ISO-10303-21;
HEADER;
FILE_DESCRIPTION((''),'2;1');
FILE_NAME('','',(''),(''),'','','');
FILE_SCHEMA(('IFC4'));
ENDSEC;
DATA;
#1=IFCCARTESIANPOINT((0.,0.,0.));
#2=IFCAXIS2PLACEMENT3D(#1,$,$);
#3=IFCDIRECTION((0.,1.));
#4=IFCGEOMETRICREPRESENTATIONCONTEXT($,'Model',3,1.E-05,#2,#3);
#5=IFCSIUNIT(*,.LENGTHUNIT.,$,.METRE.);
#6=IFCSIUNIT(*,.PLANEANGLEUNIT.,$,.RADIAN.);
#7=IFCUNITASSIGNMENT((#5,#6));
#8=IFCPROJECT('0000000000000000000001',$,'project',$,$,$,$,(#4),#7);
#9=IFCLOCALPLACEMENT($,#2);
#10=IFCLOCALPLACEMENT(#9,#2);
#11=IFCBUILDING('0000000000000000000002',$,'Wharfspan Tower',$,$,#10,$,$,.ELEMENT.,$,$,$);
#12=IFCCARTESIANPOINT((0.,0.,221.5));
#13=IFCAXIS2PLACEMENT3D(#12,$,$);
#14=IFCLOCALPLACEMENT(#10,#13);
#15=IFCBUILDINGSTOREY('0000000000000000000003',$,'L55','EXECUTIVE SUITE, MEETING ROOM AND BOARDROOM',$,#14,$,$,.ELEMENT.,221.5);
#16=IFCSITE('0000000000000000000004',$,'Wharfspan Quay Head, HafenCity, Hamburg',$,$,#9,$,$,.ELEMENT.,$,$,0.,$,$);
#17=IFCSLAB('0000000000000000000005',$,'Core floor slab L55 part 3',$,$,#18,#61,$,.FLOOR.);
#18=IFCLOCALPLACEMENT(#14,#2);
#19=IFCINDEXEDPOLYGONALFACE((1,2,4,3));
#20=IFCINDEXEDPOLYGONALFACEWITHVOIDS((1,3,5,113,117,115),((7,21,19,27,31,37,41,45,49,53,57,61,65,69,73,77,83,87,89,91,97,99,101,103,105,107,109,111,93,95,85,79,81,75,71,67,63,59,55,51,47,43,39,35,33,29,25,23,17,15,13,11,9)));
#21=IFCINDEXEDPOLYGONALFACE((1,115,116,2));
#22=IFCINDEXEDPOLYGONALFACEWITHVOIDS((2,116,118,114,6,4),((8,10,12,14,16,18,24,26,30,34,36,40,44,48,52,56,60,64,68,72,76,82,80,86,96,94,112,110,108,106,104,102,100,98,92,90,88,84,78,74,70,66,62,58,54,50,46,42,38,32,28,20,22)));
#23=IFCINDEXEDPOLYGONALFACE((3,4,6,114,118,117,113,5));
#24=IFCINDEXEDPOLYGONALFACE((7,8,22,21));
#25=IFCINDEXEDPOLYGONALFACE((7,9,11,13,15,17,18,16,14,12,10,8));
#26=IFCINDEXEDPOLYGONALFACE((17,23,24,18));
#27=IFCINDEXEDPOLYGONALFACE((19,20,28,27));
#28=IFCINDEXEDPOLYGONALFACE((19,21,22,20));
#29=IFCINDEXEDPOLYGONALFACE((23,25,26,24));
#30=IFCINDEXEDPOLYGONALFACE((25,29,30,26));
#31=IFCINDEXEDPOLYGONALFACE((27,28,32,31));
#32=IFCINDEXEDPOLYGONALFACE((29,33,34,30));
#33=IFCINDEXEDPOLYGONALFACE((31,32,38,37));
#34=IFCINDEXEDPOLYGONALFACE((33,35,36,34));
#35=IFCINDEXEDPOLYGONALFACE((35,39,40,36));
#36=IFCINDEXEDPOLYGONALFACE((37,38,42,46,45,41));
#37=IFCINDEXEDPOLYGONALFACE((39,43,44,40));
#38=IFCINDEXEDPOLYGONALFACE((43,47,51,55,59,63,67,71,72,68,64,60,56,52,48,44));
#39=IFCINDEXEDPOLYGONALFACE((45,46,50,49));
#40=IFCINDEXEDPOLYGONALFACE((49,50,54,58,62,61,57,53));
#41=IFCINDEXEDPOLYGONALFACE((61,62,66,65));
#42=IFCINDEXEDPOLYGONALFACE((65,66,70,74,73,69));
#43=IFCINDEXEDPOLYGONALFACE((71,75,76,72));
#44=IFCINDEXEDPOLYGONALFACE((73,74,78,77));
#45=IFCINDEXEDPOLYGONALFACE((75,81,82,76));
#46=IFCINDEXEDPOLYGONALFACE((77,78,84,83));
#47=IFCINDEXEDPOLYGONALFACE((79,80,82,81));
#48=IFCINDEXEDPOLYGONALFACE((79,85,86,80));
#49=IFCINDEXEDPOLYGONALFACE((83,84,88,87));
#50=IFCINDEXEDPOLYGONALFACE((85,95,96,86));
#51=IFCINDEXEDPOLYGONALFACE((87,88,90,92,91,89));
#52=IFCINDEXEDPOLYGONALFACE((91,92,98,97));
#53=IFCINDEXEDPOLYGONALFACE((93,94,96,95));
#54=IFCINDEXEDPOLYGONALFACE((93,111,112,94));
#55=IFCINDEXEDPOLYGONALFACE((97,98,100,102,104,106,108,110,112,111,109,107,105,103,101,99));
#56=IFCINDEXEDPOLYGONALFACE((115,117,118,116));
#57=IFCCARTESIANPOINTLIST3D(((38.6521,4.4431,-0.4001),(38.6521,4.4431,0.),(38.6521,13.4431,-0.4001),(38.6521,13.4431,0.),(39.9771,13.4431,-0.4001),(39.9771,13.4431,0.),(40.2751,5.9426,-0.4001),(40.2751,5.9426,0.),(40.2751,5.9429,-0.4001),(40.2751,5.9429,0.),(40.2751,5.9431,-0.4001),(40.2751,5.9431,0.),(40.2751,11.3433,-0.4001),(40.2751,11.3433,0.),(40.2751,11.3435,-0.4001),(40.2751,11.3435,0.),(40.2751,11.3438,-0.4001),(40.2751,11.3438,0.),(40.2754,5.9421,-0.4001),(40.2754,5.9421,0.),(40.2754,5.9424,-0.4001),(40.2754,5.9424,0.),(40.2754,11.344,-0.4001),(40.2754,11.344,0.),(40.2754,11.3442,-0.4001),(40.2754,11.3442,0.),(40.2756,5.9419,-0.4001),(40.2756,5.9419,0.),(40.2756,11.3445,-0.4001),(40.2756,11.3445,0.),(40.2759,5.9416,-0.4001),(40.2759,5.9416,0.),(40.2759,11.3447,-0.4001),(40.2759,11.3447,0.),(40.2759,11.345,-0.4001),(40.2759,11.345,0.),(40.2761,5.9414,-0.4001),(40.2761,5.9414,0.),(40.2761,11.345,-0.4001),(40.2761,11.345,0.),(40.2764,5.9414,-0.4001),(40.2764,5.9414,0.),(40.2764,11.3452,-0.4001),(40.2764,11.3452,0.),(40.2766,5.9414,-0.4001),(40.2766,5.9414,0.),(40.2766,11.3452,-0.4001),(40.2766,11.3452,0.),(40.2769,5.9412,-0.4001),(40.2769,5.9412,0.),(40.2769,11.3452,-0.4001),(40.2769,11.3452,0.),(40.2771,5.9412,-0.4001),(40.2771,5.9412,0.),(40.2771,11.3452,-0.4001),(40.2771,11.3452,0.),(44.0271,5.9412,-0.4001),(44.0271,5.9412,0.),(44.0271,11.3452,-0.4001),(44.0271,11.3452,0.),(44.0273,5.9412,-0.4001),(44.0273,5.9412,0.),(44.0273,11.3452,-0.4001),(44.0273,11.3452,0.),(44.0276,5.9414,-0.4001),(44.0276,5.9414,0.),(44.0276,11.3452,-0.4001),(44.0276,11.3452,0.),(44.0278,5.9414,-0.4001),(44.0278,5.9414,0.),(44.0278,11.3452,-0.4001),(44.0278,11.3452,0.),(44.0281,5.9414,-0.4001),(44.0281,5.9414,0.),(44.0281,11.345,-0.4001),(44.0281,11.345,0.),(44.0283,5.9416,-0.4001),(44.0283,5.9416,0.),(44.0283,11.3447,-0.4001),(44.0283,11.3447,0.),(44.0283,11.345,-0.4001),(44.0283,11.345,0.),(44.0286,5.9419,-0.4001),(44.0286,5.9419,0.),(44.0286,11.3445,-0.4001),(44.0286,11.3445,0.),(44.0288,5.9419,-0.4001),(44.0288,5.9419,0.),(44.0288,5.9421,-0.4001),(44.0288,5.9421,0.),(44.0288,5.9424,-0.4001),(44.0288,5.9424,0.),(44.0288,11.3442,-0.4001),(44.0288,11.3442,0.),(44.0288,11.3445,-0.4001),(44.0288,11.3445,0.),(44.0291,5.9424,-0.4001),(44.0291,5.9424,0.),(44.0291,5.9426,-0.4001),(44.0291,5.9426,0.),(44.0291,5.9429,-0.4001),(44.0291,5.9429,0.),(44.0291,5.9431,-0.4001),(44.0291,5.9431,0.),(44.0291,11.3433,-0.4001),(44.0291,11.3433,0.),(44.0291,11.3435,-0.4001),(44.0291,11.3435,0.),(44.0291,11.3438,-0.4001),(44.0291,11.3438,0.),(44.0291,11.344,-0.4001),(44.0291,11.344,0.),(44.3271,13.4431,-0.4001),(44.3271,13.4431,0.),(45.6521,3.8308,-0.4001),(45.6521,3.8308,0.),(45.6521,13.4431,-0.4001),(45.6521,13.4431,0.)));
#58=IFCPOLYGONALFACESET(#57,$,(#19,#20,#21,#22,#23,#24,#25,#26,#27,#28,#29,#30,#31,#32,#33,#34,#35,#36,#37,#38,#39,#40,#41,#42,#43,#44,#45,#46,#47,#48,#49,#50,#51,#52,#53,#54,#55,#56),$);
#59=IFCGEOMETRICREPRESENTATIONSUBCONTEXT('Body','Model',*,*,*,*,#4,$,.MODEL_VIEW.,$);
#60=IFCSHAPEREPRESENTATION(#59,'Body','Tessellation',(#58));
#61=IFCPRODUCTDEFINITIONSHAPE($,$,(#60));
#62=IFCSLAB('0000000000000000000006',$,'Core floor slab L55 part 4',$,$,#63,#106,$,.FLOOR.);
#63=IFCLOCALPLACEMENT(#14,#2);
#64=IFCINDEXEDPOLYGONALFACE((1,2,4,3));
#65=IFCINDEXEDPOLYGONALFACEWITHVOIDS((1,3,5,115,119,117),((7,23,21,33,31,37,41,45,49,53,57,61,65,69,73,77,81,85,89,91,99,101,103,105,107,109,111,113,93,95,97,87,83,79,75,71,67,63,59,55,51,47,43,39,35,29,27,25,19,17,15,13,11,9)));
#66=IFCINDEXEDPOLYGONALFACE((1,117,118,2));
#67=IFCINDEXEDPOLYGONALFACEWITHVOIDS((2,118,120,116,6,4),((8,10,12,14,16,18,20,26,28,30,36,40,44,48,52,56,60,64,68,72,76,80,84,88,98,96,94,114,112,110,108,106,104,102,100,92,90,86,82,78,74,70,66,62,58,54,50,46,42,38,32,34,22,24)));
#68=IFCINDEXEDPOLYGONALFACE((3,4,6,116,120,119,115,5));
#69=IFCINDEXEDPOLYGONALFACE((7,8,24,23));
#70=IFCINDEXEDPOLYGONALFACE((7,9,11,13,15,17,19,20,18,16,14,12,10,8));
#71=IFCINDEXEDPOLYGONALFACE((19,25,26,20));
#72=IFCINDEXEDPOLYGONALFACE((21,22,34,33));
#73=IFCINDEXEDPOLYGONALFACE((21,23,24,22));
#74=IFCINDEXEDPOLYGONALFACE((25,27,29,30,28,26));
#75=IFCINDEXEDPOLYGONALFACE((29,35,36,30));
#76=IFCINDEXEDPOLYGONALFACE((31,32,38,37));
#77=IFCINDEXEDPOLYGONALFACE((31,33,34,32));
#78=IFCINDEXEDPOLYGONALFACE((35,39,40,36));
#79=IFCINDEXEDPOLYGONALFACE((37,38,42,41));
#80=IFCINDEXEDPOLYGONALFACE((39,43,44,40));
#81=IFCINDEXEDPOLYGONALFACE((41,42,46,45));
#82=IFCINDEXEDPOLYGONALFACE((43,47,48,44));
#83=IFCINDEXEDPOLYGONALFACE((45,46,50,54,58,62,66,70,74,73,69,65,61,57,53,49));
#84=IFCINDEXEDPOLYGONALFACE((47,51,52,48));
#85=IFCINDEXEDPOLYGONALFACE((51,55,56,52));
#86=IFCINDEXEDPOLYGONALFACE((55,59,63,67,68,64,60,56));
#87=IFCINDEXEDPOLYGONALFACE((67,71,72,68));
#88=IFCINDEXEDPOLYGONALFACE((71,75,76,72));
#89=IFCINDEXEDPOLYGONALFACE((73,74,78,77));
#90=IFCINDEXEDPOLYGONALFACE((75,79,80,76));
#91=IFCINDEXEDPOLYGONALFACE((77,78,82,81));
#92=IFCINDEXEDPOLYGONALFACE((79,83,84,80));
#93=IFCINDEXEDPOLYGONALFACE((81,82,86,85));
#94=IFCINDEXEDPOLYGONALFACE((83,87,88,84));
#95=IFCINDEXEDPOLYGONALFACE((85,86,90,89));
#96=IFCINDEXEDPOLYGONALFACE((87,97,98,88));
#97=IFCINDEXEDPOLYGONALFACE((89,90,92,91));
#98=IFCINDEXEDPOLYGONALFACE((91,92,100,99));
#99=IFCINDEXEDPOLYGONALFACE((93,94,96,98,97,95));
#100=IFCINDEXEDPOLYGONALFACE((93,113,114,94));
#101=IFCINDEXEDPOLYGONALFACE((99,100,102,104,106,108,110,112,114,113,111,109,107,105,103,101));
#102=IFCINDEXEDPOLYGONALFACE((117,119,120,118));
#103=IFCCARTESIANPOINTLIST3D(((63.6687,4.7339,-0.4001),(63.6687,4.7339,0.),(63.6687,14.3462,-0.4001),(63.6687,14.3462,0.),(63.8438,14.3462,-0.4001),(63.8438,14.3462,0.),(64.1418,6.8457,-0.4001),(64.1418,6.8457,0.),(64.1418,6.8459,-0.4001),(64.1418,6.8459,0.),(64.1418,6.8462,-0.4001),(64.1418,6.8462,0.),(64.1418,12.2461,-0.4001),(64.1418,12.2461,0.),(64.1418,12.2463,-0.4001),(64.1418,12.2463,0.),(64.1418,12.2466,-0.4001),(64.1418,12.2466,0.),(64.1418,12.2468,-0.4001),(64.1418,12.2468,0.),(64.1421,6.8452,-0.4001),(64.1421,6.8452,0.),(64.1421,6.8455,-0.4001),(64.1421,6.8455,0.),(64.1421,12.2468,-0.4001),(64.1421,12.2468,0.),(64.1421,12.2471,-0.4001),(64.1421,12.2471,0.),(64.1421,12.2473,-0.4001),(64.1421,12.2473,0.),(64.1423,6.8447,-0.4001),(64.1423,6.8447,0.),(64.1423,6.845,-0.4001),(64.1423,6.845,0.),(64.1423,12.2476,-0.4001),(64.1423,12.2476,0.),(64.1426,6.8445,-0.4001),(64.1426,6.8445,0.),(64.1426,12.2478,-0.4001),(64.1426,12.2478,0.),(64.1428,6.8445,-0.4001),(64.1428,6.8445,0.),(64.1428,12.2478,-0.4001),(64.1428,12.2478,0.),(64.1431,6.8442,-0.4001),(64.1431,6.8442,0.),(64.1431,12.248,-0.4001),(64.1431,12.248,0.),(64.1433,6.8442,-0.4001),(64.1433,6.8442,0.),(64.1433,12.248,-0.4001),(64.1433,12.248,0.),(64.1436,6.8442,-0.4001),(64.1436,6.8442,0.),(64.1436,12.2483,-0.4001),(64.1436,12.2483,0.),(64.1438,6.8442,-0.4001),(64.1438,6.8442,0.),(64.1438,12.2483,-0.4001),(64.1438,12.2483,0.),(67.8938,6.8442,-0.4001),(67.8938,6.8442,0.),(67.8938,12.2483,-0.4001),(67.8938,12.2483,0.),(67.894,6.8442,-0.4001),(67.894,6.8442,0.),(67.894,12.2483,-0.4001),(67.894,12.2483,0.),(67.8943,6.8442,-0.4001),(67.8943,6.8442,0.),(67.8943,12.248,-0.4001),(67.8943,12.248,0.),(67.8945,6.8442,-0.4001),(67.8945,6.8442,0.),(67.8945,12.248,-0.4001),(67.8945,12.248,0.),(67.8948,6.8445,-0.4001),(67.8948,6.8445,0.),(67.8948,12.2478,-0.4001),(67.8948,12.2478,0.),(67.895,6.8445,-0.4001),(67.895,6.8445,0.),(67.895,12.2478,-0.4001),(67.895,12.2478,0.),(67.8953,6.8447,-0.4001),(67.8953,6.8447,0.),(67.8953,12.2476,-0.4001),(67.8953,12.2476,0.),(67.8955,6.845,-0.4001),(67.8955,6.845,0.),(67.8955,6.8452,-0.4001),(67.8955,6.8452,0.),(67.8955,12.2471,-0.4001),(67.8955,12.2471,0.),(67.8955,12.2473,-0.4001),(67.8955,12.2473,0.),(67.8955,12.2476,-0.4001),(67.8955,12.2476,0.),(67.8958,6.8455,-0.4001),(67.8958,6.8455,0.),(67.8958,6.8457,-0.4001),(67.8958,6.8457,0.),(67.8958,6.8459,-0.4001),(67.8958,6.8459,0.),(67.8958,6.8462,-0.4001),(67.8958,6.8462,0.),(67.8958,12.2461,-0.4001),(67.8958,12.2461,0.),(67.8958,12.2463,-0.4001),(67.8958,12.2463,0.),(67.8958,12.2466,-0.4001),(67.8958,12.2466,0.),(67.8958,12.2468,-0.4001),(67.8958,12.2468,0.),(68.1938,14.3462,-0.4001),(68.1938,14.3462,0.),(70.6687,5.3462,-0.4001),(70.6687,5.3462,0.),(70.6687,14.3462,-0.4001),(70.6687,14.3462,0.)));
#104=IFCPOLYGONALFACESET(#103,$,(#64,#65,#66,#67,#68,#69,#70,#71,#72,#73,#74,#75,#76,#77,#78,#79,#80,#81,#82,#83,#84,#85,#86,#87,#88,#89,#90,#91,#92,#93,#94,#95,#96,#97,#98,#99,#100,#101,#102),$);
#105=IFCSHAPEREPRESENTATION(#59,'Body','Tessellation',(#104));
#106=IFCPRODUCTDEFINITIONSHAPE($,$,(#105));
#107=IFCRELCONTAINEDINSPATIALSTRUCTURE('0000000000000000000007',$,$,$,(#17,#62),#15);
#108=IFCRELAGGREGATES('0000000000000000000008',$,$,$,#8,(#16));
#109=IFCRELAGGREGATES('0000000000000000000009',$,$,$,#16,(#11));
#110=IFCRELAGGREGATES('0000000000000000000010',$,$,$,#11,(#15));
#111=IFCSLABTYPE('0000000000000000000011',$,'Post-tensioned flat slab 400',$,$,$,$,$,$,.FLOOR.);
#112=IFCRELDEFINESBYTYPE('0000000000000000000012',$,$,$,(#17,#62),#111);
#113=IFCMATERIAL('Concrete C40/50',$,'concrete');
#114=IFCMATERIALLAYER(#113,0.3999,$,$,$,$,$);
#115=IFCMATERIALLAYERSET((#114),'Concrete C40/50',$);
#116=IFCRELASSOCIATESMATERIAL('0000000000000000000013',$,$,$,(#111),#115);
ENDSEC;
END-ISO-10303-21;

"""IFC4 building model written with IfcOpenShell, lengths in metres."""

from ifc_helpers import new_model, si_unit, direction, frame, origin, place, context, subcontext, project, spatial, polyline, outline, extrude, material, layer, layer_set, type_object, element, save


model = new_model("IFC4")

# Units and contexts
model_context = context("Model", 3, precision=1e-05, world=origin(), true_north=direction((0.0, 1.0)))
body_context = subcontext(model_context, "Body", "Model", "MODEL_VIEW")
ifc_project = project(units=[si_unit("LENGTHUNIT", "METRE"), si_unit("PLANEANGLEUNIT", "RADIAN")], contexts=[model_context])

# Site, building, storey
site_placement = place(None, origin())
site = spatial("IfcSite", under=ifc_project, at=site_placement, Name="Wharfspan Quay Head, HafenCity, Hamburg", CompositionType="ELEMENT", RefElevation=0.0)
building_placement = place(site_placement, origin())
building = spatial("IfcBuilding", under=site, at=building_placement, Name="Wharfspan Tower", CompositionType="ELEMENT")
storey_placement = place(building_placement, frame((0.0, 0.0, 221.5)))
storey = spatial("IfcBuildingStorey", under=building, at=storey_placement, Name="L55", Description="EXECUTIVE SUITE, MEETING ROOM AND BOARDROOM", CompositionType="ELEMENT", Elevation=221.5)

# Slabs
ifc_material_1 = material(Name="Concrete C40/50", Category="concrete")
ifc_layer_1 = layer(ifc_material_1, 0.3999)
ifc_layer_set_1 = layer_set([ifc_layer_1], Name="Concrete C40/50")
slab_type_1 = type_object("IfcSlabType", Name="Post-tensioned flat slab 400", PredefinedType="FLOOR", material=ifc_layer_set_1)
slab_1_placement = place(storey_placement, frame((0.0, 0.0, -0.4001)))
element("IfcSlab", 1, at=slab_1_placement, inside=storey, type_object=slab_type_1, Name="Core floor slab L55 part 3", PredefinedType="FLOOR", context=body_context, shape_type="SweptSolid", body=[
    extrude(outline(polyline([(44.3271, 13.4431), (39.9771, 13.4431), (38.6521, 13.4431), (38.6521, 4.4431), (45.6521, 3.8308), (45.6521, 13.4431), (44.3271, 13.4431)]), holes=[polyline([(40.2751, 11.3433), (40.2751, 11.3435), (40.2751, 11.3435), (40.2751, 11.3438), (40.2754, 11.344), (40.2754, 11.3442), (40.2754, 11.3442), (40.2756, 11.3445), (40.2756, 11.3445), (40.2759, 11.3447), (40.2759, 11.345), (40.2761, 11.345), (40.2764, 11.3452), (40.2766, 11.3452), (40.2766, 11.3452), (40.2769, 11.3452), (40.2771, 11.3452), (44.0271, 11.3452), (44.0273, 11.3452), (44.0276, 11.3452), (44.0276, 11.3452), (44.0278, 11.3452), (44.0281, 11.345), (44.0283, 11.345), (44.0283, 11.3447), (44.0286, 11.3445), (44.0288, 11.3445), (44.0288, 11.3442), (44.0288, 11.3442), (44.0291, 11.344), (44.0291, 11.3438), (44.0291, 11.3435), (44.0291, 11.3435), (44.0291, 11.3433), (44.0291, 5.9431), (44.0291, 5.9431), (44.0291, 5.9429), (44.0291, 5.9426), (44.0291, 5.9424), (44.0288, 5.9424), (44.0288, 5.9421), (44.0288, 5.9419), (44.0286, 5.9419), (44.0283, 5.9417), (44.0283, 5.9417), (44.0281, 5.9414), (44.0278, 5.9414), (44.0276, 5.9414), (44.0276, 5.9414), (44.0273, 5.9412), (44.0271, 5.9412), (40.2771, 5.9412), (40.2769, 5.9412), (40.2766, 5.9414), (40.2766, 5.9414), (40.2764, 5.9414), (40.2761, 5.9414), (40.2759, 5.9417), (40.2759, 5.9417), (40.2756, 5.9419), (40.2756, 5.9419), (40.2754, 5.9421), (40.2754, 5.9424), (40.2754, 5.9424), (40.2751, 5.9426), (40.2751, 5.9429), (40.2751, 5.9431), (40.2751, 5.9431), (40.2751, 11.3433)])]), origin(), (0.0, 0.0, 1.0), 0.4001),
])
slab_2_placement = place(storey_placement, frame((0.0, 0.0, -0.4001)))
element("IfcSlab", 2, at=slab_2_placement, inside=storey, type_object=slab_type_1, Name="Core floor slab L55 part 4", PredefinedType="FLOOR", context=body_context, shape_type="SweptSolid", body=[
    extrude(outline(polyline([(70.6687, 14.3462), (68.1938, 14.3462), (63.8438, 14.3462), (63.6687, 14.3462), (63.6687, 4.7339), (70.6687, 5.3462), (70.6687, 14.3462)]), holes=[polyline([(64.1418, 12.2461), (64.1418, 12.2463), (64.1418, 12.2466), (64.1418, 12.2468), (64.1421, 12.2468), (64.1421, 12.2471), (64.1421, 12.2473), (64.1423, 12.2476), (64.1423, 12.2476), (64.1426, 12.2478), (64.1426, 12.2478), (64.1428, 12.2478), (64.1431, 12.248), (64.1433, 12.248), (64.1433, 12.248), (64.1436, 12.2483), (64.1438, 12.2483), (67.8938, 12.2483), (67.894, 12.2483), (67.8943, 12.248), (67.8943, 12.248), (67.8945, 12.248), (67.8948, 12.2478), (67.895, 12.2478), (67.895, 12.2478), (67.8953, 12.2476), (67.8955, 12.2476), (67.8955, 12.2473), (67.8955, 12.2471), (67.8958, 12.2468), (67.8958, 12.2468), (67.8958, 12.2466), (67.8958, 12.2463), (67.8958, 12.2461), (67.8958, 6.8462), (67.8958, 6.8459), (67.8958, 6.8457), (67.8958, 6.8457), (67.8958, 6.8455), (67.8955, 6.8452), (67.8955, 6.8452), (67.8955, 6.845), (67.8953, 6.8447), (67.895, 6.8445), (67.895, 6.8445), (67.8948, 6.8445), (67.8945, 6.8442), (67.8943, 6.8442), (67.8943, 6.8442), (67.894, 6.8442), (67.8938, 6.8442), (64.1438, 6.8442), (64.1436, 6.8442), (64.1433, 6.8442), (64.1433, 6.8442), (64.1431, 6.8442), (64.1428, 6.8445), (64.1426, 6.8445), (64.1426, 6.8445), (64.1423, 6.8447), (64.1423, 6.845), (64.1421, 6.8452), (64.1421, 6.8452), (64.1421, 6.8455), (64.1418, 6.8457), (64.1418, 6.8457), (64.1418, 6.8459), (64.1418, 6.8462), (64.1418, 12.2461)])]), origin(), (0.0, 0.0, 1.0), 0.4001),
])

save(model, "model.ifc")
